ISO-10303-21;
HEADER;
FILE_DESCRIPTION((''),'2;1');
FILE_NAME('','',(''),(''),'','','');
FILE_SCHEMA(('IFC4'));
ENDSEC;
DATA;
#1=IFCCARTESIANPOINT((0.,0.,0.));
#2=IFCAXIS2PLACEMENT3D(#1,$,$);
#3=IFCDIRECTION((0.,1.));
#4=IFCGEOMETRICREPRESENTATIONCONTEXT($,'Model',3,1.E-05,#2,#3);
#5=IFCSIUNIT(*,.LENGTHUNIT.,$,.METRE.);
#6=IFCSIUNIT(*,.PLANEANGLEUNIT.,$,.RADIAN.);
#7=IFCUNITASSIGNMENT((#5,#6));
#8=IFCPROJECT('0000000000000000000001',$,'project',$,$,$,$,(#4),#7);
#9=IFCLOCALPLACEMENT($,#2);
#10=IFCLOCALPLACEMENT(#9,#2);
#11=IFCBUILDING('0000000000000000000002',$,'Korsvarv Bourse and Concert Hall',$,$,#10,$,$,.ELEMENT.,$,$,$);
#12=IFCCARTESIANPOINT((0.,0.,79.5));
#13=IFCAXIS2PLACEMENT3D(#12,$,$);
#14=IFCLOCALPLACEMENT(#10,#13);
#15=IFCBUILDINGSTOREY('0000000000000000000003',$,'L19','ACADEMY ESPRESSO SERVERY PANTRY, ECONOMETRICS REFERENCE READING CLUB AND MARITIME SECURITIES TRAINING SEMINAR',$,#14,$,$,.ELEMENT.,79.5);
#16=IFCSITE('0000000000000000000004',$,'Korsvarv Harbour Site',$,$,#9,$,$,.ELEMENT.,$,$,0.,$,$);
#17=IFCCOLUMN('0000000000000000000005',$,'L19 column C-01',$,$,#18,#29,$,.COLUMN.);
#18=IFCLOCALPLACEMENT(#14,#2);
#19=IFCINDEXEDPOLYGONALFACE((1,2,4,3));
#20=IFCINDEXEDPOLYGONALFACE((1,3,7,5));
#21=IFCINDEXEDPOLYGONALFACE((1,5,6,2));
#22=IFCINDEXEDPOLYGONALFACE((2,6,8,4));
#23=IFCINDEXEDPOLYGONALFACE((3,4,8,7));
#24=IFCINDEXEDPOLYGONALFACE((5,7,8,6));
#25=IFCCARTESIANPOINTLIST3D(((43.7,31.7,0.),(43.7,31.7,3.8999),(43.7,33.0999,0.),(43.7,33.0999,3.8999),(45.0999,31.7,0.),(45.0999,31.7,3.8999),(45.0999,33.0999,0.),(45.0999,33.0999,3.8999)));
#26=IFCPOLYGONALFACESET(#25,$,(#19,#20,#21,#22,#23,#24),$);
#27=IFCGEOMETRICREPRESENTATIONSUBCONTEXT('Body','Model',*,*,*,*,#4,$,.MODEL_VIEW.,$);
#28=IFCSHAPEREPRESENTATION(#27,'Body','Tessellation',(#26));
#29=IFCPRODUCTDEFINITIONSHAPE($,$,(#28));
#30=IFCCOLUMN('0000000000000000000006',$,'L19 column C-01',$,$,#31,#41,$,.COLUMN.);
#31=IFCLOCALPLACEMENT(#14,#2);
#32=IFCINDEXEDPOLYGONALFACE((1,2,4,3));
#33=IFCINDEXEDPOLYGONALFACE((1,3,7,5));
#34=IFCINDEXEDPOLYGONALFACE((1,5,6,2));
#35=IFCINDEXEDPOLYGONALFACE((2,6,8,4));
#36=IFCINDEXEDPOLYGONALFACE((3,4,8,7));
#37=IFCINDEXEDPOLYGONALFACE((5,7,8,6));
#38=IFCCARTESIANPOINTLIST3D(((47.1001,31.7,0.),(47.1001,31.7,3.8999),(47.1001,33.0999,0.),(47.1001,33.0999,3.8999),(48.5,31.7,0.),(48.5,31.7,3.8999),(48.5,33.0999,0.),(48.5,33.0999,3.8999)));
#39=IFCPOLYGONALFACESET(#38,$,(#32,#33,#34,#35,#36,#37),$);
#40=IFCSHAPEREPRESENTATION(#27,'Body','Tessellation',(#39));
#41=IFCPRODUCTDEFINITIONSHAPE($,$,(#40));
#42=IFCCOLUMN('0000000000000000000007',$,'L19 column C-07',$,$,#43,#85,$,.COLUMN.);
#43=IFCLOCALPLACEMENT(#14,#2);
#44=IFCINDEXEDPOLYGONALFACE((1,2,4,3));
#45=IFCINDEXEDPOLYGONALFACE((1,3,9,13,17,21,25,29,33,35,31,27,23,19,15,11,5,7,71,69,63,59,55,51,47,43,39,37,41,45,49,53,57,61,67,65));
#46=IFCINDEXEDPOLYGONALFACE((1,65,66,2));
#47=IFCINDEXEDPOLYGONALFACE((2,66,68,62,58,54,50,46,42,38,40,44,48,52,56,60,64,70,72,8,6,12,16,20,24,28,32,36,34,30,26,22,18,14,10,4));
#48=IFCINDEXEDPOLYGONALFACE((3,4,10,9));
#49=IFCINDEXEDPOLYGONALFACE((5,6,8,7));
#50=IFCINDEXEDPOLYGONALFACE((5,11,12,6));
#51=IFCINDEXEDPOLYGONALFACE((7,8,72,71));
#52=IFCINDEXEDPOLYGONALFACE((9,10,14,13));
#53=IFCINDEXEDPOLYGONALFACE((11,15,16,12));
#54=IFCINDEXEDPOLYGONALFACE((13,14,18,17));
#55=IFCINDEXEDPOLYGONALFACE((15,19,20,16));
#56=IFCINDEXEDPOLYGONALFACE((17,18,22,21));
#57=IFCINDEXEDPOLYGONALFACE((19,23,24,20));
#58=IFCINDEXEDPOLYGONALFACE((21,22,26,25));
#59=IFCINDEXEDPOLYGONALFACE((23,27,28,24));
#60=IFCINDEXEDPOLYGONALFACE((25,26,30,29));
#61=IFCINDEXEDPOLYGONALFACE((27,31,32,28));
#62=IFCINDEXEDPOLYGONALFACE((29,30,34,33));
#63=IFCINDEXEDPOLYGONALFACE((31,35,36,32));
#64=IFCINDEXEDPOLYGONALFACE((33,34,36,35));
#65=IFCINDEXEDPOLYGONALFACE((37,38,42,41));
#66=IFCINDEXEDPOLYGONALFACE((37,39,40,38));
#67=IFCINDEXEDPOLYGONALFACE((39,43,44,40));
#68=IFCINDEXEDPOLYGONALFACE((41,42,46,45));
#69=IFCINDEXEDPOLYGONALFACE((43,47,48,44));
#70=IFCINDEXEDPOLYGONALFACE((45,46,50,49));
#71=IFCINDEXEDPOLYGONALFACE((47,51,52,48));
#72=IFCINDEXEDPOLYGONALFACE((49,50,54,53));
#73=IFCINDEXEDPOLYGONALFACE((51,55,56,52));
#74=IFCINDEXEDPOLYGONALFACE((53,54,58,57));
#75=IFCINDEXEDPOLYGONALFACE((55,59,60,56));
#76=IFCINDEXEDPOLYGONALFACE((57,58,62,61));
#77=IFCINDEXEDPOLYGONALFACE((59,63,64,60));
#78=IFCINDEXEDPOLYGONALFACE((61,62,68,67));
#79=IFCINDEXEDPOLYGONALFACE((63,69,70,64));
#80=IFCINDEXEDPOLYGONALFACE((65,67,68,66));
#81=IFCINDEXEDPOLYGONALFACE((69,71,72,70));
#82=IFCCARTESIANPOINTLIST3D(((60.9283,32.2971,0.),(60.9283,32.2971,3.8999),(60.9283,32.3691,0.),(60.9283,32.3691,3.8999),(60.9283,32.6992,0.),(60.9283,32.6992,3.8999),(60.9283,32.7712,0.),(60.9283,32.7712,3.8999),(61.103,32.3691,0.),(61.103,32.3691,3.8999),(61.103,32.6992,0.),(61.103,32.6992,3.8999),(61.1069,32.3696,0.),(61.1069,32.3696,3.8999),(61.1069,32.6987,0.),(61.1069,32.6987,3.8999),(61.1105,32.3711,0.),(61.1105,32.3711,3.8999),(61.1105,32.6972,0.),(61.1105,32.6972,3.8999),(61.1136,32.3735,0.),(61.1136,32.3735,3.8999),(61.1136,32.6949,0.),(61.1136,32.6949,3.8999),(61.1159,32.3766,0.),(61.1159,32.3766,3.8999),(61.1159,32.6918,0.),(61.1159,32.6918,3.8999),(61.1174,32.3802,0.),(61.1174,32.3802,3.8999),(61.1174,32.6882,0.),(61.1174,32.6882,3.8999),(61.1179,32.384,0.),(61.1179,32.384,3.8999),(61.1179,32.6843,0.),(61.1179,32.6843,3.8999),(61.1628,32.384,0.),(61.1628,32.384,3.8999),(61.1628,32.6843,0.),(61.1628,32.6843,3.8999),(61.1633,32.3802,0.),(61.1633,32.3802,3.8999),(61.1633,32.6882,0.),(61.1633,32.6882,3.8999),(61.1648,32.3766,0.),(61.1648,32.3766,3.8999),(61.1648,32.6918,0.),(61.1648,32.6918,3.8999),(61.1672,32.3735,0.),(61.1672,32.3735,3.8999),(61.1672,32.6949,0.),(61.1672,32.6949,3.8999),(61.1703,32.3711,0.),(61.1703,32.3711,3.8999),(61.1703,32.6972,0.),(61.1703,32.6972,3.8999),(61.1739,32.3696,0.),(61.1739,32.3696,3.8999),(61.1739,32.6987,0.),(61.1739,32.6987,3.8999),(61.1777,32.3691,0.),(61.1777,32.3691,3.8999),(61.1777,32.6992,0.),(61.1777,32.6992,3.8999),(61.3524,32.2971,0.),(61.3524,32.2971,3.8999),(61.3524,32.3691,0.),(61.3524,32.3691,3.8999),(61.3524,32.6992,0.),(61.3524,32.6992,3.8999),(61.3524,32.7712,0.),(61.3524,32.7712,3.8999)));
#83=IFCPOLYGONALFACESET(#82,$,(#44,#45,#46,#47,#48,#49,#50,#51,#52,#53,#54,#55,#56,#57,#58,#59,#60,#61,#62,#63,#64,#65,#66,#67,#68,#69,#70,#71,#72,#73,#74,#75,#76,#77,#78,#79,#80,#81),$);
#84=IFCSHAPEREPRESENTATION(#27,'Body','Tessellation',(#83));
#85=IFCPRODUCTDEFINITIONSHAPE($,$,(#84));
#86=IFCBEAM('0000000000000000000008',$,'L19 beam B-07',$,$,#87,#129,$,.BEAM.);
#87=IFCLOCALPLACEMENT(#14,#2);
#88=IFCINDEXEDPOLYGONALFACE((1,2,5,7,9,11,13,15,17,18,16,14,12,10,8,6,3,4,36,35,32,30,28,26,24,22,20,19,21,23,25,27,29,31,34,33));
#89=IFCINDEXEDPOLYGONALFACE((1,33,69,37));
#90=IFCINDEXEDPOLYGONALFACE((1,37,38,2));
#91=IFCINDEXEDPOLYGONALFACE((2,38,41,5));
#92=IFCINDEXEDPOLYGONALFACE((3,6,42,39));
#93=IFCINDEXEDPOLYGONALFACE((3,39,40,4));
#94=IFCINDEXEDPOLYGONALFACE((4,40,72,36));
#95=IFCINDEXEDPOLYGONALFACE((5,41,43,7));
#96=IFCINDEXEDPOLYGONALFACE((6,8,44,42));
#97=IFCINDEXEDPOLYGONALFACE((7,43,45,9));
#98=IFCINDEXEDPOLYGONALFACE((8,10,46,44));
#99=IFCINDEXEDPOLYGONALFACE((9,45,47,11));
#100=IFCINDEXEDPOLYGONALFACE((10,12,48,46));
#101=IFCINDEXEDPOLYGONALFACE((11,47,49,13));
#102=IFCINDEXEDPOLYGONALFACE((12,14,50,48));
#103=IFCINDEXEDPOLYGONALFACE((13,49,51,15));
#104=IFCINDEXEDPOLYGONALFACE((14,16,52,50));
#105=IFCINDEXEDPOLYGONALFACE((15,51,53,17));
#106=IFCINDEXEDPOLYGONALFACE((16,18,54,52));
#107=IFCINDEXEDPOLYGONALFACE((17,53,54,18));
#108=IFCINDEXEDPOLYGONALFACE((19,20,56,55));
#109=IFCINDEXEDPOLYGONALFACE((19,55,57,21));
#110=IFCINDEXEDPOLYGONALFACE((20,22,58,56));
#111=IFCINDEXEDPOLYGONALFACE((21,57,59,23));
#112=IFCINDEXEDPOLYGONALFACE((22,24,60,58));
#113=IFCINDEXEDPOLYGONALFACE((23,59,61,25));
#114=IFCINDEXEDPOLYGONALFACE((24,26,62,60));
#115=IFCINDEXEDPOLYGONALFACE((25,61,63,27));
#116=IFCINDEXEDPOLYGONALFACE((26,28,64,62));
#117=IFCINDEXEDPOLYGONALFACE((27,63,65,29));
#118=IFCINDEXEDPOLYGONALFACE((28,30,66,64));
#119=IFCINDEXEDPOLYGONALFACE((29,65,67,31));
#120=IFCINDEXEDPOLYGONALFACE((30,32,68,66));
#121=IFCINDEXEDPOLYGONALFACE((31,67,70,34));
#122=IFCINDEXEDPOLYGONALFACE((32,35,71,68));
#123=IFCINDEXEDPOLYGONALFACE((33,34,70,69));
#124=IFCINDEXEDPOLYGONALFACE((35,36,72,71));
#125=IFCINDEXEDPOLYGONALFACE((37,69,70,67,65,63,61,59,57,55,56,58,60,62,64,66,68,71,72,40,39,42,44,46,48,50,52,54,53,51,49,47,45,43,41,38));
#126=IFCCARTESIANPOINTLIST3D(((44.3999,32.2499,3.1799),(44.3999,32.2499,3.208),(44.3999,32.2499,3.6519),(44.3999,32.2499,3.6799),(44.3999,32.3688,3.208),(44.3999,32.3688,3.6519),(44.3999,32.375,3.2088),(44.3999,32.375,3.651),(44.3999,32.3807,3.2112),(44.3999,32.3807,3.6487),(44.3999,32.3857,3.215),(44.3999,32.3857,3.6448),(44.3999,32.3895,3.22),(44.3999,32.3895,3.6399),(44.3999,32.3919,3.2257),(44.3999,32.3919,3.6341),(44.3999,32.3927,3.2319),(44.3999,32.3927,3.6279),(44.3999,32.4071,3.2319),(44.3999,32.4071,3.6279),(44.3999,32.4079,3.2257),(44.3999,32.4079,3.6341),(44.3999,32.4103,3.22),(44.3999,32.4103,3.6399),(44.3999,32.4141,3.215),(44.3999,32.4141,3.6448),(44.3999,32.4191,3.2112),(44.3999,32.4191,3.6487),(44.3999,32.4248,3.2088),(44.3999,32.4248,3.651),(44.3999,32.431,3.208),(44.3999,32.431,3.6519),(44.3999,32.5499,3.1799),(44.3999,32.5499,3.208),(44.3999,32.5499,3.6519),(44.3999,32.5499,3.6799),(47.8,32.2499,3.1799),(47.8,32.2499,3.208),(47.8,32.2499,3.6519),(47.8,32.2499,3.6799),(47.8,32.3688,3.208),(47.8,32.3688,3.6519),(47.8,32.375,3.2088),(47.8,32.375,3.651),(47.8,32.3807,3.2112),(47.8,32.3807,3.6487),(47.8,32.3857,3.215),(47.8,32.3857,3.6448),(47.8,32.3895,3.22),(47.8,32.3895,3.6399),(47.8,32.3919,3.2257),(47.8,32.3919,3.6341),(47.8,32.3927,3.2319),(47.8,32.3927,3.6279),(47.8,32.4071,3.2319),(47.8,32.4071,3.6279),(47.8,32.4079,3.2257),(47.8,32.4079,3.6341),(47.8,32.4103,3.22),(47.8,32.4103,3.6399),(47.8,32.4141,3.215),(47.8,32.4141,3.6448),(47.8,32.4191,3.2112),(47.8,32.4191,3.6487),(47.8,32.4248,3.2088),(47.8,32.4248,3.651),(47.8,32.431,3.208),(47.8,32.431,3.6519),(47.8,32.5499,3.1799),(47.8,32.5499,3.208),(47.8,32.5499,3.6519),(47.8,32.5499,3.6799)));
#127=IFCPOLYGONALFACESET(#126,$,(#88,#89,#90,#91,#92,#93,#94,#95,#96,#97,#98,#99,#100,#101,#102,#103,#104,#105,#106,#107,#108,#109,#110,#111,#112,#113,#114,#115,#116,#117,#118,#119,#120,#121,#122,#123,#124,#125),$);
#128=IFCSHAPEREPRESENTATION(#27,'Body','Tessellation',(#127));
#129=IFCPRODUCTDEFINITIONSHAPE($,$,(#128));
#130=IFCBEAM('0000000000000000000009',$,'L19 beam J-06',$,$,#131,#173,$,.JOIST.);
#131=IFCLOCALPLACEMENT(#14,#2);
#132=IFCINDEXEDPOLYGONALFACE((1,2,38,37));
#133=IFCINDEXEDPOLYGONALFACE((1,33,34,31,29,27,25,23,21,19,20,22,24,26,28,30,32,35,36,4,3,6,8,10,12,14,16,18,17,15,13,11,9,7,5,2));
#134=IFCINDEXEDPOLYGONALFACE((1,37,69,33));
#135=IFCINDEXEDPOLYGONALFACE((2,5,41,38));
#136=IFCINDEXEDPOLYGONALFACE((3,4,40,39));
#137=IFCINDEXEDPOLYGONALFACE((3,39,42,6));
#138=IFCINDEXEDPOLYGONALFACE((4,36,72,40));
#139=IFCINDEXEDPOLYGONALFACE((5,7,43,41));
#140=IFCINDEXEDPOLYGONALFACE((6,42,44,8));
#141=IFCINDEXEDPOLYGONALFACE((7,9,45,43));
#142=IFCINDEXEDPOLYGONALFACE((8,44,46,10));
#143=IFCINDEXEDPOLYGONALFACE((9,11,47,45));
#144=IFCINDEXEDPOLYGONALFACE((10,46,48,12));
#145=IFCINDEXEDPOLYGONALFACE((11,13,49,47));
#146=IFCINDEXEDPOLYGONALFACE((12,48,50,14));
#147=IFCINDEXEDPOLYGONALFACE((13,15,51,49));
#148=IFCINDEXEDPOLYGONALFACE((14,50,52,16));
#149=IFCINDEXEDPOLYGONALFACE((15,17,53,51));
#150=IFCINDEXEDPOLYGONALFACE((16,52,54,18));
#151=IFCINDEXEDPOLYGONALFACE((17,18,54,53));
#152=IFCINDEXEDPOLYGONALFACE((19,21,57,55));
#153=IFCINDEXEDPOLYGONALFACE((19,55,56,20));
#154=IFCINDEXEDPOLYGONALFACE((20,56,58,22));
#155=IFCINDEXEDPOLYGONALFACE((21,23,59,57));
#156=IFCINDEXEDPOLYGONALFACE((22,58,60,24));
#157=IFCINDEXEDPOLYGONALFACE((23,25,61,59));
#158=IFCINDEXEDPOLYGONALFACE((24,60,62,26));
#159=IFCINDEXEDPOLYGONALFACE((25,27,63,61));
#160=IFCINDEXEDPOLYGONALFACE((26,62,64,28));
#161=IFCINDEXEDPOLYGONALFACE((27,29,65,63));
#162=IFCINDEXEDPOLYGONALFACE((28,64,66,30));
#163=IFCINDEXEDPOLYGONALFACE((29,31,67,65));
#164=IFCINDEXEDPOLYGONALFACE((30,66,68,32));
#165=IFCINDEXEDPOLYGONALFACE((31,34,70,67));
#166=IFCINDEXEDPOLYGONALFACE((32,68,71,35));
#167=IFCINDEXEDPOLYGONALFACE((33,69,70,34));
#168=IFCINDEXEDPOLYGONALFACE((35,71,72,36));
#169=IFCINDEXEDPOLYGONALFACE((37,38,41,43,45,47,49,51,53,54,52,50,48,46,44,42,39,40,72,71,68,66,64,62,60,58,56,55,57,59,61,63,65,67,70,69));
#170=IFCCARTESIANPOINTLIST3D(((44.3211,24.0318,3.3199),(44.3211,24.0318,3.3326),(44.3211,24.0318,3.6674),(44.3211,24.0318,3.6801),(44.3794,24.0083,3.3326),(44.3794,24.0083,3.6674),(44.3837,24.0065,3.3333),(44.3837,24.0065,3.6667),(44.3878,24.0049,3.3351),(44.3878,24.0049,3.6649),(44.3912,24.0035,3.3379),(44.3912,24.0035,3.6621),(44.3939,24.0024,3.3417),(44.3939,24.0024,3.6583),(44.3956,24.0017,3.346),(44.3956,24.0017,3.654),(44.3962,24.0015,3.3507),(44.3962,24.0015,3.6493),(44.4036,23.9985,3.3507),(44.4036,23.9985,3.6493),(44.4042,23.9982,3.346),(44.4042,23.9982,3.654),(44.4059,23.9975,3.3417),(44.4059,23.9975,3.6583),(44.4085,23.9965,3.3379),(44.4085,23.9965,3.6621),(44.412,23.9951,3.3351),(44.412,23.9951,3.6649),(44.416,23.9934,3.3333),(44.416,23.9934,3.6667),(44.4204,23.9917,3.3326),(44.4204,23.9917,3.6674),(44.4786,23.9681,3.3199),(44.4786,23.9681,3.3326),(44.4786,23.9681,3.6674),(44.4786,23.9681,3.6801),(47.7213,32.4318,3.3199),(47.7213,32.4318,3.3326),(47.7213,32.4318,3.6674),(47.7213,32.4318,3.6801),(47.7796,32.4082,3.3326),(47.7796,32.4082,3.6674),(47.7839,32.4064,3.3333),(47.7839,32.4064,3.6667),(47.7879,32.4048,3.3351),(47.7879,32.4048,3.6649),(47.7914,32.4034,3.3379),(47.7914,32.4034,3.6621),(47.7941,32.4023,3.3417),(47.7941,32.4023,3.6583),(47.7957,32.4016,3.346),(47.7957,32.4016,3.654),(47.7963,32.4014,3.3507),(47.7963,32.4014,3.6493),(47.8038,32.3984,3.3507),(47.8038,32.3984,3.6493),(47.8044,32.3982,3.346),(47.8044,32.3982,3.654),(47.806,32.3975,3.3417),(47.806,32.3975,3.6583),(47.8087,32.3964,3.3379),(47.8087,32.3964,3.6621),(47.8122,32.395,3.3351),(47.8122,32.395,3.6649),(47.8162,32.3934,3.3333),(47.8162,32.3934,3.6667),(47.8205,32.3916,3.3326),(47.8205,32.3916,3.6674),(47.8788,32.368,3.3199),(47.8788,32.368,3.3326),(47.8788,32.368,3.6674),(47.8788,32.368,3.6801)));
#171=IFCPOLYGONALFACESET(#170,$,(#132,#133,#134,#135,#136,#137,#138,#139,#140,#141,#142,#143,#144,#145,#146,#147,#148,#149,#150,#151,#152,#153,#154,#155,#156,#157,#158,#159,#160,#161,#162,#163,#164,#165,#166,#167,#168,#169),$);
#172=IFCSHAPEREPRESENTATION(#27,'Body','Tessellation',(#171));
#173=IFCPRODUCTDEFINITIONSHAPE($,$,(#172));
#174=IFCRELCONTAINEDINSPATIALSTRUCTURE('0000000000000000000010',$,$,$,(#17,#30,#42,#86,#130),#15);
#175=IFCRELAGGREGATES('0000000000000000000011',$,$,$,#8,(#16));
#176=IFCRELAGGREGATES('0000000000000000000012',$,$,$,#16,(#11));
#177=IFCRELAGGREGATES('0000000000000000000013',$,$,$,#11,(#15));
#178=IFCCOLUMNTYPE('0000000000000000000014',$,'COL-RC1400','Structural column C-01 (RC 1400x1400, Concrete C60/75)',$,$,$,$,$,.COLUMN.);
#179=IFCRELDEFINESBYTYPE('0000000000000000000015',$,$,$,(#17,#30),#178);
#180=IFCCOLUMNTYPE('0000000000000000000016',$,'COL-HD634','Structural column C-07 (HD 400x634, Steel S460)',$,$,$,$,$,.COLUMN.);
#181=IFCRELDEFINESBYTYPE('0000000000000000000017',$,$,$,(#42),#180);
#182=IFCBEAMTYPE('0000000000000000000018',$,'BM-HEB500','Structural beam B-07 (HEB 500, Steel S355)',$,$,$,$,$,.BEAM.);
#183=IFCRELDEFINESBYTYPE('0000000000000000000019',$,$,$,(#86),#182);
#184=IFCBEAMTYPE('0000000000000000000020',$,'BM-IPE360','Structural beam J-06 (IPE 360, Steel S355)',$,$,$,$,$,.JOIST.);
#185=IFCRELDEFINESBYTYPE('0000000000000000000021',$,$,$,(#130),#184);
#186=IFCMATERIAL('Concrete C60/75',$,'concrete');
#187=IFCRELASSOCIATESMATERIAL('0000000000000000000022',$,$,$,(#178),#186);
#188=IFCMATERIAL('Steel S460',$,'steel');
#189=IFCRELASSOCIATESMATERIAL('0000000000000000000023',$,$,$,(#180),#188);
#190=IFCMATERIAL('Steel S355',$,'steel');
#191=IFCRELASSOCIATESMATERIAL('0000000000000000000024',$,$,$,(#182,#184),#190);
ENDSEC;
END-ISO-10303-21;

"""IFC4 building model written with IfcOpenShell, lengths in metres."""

from ifc_helpers import new_model, si_unit, direction, frame, origin, origin_2d, place, context, subcontext, project, spatial, rectangle, i_section, extrude, source, transform, mapped, material, material_profile, profile_set, type_object, element, save


model = new_model("IFC4")

# Units and contexts
model_context = context("Model", 3, precision=1e-05, world=origin(), true_north=direction((0.0, 1.0)))
body_context = subcontext(model_context, "Body", "Model", "MODEL_VIEW")
ifc_project = project(units=[si_unit("LENGTHUNIT", "METRE"), si_unit("PLANEANGLEUNIT", "RADIAN")], contexts=[model_context])

# Site, building, storey
site_placement = place(None, origin())
site = spatial("IfcSite", under=ifc_project, at=site_placement, Name="Korsvarv Harbour Site", CompositionType="ELEMENT", RefElevation=0.0)
building_placement = place(site_placement, origin())
building = spatial("IfcBuilding", under=site, at=building_placement, Name="Korsvarv Bourse and Concert Hall", CompositionType="ELEMENT")
storey_placement = place(building_placement, frame((0.0, 0.0, 79.5)))
storey = spatial("IfcBuildingStorey", under=building, at=storey_placement, Name="L19", Description="ACADEMY ESPRESSO SERVERY PANTRY, ECONOMETRICS REFERENCE READING CLUB AND MARITIME SECURITIES TRAINING SEMINAR", CompositionType="ELEMENT", Elevation=79.5)

# Columns
ifc_material_1 = material(Name="Concrete C60/75", Category="concrete")
ifc_material_profile_1 = material_profile(ifc_material_1, rectangle(XDim=1.3999, YDim=1.3999, at=origin_2d()), Name="RC 1400x1400")
ifc_profile_set_1 = profile_set([ifc_material_profile_1], Name="Concrete C60/75")
column_type_1 = type_object("IfcColumnType", Name="COL-RC1400", Description="Structural column C-01 (RC 1400x1400, Concrete C60/75)", PredefinedType="COLUMN", material=ifc_profile_set_1)
shared_shape_1 = source(origin(), body_context, "Body", "SweptSolid", [
    extrude(rectangle(XDim=1.3999, YDim=1.3999, at=origin_2d()), origin(), (0.0, 0.0, 1.0), 3.8999),
])
for number, where, z_axis, x_axis, name in (
    (1, (44.3999, 32.3999, 0.0), (0.0, 0.0, 1.0), (1.0, 0.0, 0.0), "L19 column C-01"),
    (2, (47.8, 32.3999, 0.0), (0.0, 0.0, 1.0), (1.0, 0.0, 0.0), "L19 column C-01"),
):
    element("IfcColumn", number, at=place(storey_placement, frame(where, z_axis=z_axis, x_axis=x_axis)), inside=storey, type_object=column_type_1, Name=name, PredefinedType="COLUMN", context=body_context, shape_type="MappedRepresentation", body=[
        mapped(shared_shape_1, transform((0.0, 0.0, 0.0), scale=1.0)),
    ])
ifc_material_2 = material(Name="Steel S460", Category="steel")
ifc_material_profile_2 = material_profile(ifc_material_2, i_section(OverallWidth=0.4241, OverallDepth=0.4741, WebThickness=0.0449, FlangeThickness=0.072, FilletRadius=0.0149, at=origin_2d()), Name="HD 400x634")
ifc_profile_set_2 = profile_set([ifc_material_profile_2], Name="Steel S460")
column_type_2 = type_object("IfcColumnType", Name="COL-HD634", Description="Structural column C-07 (HD 400x634, Steel S460)", PredefinedType="COLUMN", material=ifc_profile_set_2)
shared_shape_2 = source(origin(), body_context, "Body", "SweptSolid", [
    extrude(i_section(OverallWidth=0.4241, OverallDepth=0.4741, WebThickness=0.0449, FlangeThickness=0.072, FilletRadius=0.0149, at=origin_2d()), origin(), (0.0, 0.0, 1.0), 3.8999),
])
column_placement = place(storey_placement, frame((61.1404, 32.5342, 0.0), z_axis=(0.0, 0.0, 1.0), x_axis=(1.0, 0.0, 0.0)))
element("IfcColumn", 3, at=column_placement, inside=storey, type_object=column_type_2, Name="L19 column C-07", PredefinedType="COLUMN", context=body_context, shape_type="MappedRepresentation", body=[
    mapped(shared_shape_2, transform((0.0, 0.0, 0.0), scale=1.0)),
])

# Beams
ifc_material_3 = material(Name="Steel S355", Category="steel")
ifc_material_profile_3 = material_profile(ifc_material_3, i_section(OverallWidth=0.3, OverallDepth=0.5, WebThickness=0.0144, FlangeThickness=0.0281, FilletRadius=0.0239, at=origin_2d()), Name="HEB 500")
ifc_profile_set_3 = profile_set([ifc_material_profile_3], Name="Steel S355")
beam_type_1 = type_object("IfcBeamType", Name="BM-HEB500", Description="Structural beam B-07 (HEB 500, Steel S355)", PredefinedType="BEAM", material=ifc_profile_set_3)
shared_shape_3 = source(origin(), body_context, "Body", "SweptSolid", [
    extrude(i_section(OverallWidth=0.3, OverallDepth=0.5, WebThickness=0.0144, FlangeThickness=0.0281, FilletRadius=0.0239, at=origin_2d()), origin(), (0.0, 0.0, 1.0), 3.4001),
])
beam_1_placement = place(storey_placement, frame((44.3999, 32.3999, 3.4299), z_axis=(1.0, 0.0, 0.0), x_axis=(0.0, 1.0, 0.0)))
element("IfcBeam", 4, at=beam_1_placement, inside=storey, type_object=beam_type_1, Name="L19 beam B-07", PredefinedType="BEAM", context=body_context, shape_type="MappedRepresentation", body=[
    mapped(shared_shape_3, transform((0.0, 0.0, 0.0), scale=1.0)),
])
ifc_material_profile_4 = material_profile(ifc_material_3, i_section(OverallWidth=0.1699, OverallDepth=0.3601, WebThickness=0.0081, FlangeThickness=0.0127, FilletRadius=0.0181, at=origin_2d()), Name="IPE 360")
ifc_profile_set_4 = profile_set([ifc_material_profile_4], Name="Steel S355")
beam_type_2 = type_object("IfcBeamType", Name="BM-IPE360", Description="Structural beam J-06 (IPE 360, Steel S355)", PredefinedType="JOIST", material=ifc_profile_set_4)
shared_shape_4 = source(origin(), body_context, "Body", "SweptSolid", [
    extrude(i_section(OverallWidth=0.1699, OverallDepth=0.3601, WebThickness=0.0081, FlangeThickness=0.0127, FilletRadius=0.0181, at=origin_2d()), origin(), (0.0, 0.0, 1.0), 9.062),
])
beam_2_placement = place(storey_placement, frame((47.8, 32.3999, 3.5), z_axis=(-0.37521, -0.92694, 0.0), x_axis=(0.92694, -0.37521, 0.0)))
element("IfcBeam", 5, at=beam_2_placement, inside=storey, type_object=beam_type_2, Name="L19 beam J-06", PredefinedType="JOIST", context=body_context, shape_type="MappedRepresentation", body=[
    mapped(shared_shape_4, transform((0.0, 0.0, 0.0), scale=1.0)),
])

save(model, "model.ifc")
